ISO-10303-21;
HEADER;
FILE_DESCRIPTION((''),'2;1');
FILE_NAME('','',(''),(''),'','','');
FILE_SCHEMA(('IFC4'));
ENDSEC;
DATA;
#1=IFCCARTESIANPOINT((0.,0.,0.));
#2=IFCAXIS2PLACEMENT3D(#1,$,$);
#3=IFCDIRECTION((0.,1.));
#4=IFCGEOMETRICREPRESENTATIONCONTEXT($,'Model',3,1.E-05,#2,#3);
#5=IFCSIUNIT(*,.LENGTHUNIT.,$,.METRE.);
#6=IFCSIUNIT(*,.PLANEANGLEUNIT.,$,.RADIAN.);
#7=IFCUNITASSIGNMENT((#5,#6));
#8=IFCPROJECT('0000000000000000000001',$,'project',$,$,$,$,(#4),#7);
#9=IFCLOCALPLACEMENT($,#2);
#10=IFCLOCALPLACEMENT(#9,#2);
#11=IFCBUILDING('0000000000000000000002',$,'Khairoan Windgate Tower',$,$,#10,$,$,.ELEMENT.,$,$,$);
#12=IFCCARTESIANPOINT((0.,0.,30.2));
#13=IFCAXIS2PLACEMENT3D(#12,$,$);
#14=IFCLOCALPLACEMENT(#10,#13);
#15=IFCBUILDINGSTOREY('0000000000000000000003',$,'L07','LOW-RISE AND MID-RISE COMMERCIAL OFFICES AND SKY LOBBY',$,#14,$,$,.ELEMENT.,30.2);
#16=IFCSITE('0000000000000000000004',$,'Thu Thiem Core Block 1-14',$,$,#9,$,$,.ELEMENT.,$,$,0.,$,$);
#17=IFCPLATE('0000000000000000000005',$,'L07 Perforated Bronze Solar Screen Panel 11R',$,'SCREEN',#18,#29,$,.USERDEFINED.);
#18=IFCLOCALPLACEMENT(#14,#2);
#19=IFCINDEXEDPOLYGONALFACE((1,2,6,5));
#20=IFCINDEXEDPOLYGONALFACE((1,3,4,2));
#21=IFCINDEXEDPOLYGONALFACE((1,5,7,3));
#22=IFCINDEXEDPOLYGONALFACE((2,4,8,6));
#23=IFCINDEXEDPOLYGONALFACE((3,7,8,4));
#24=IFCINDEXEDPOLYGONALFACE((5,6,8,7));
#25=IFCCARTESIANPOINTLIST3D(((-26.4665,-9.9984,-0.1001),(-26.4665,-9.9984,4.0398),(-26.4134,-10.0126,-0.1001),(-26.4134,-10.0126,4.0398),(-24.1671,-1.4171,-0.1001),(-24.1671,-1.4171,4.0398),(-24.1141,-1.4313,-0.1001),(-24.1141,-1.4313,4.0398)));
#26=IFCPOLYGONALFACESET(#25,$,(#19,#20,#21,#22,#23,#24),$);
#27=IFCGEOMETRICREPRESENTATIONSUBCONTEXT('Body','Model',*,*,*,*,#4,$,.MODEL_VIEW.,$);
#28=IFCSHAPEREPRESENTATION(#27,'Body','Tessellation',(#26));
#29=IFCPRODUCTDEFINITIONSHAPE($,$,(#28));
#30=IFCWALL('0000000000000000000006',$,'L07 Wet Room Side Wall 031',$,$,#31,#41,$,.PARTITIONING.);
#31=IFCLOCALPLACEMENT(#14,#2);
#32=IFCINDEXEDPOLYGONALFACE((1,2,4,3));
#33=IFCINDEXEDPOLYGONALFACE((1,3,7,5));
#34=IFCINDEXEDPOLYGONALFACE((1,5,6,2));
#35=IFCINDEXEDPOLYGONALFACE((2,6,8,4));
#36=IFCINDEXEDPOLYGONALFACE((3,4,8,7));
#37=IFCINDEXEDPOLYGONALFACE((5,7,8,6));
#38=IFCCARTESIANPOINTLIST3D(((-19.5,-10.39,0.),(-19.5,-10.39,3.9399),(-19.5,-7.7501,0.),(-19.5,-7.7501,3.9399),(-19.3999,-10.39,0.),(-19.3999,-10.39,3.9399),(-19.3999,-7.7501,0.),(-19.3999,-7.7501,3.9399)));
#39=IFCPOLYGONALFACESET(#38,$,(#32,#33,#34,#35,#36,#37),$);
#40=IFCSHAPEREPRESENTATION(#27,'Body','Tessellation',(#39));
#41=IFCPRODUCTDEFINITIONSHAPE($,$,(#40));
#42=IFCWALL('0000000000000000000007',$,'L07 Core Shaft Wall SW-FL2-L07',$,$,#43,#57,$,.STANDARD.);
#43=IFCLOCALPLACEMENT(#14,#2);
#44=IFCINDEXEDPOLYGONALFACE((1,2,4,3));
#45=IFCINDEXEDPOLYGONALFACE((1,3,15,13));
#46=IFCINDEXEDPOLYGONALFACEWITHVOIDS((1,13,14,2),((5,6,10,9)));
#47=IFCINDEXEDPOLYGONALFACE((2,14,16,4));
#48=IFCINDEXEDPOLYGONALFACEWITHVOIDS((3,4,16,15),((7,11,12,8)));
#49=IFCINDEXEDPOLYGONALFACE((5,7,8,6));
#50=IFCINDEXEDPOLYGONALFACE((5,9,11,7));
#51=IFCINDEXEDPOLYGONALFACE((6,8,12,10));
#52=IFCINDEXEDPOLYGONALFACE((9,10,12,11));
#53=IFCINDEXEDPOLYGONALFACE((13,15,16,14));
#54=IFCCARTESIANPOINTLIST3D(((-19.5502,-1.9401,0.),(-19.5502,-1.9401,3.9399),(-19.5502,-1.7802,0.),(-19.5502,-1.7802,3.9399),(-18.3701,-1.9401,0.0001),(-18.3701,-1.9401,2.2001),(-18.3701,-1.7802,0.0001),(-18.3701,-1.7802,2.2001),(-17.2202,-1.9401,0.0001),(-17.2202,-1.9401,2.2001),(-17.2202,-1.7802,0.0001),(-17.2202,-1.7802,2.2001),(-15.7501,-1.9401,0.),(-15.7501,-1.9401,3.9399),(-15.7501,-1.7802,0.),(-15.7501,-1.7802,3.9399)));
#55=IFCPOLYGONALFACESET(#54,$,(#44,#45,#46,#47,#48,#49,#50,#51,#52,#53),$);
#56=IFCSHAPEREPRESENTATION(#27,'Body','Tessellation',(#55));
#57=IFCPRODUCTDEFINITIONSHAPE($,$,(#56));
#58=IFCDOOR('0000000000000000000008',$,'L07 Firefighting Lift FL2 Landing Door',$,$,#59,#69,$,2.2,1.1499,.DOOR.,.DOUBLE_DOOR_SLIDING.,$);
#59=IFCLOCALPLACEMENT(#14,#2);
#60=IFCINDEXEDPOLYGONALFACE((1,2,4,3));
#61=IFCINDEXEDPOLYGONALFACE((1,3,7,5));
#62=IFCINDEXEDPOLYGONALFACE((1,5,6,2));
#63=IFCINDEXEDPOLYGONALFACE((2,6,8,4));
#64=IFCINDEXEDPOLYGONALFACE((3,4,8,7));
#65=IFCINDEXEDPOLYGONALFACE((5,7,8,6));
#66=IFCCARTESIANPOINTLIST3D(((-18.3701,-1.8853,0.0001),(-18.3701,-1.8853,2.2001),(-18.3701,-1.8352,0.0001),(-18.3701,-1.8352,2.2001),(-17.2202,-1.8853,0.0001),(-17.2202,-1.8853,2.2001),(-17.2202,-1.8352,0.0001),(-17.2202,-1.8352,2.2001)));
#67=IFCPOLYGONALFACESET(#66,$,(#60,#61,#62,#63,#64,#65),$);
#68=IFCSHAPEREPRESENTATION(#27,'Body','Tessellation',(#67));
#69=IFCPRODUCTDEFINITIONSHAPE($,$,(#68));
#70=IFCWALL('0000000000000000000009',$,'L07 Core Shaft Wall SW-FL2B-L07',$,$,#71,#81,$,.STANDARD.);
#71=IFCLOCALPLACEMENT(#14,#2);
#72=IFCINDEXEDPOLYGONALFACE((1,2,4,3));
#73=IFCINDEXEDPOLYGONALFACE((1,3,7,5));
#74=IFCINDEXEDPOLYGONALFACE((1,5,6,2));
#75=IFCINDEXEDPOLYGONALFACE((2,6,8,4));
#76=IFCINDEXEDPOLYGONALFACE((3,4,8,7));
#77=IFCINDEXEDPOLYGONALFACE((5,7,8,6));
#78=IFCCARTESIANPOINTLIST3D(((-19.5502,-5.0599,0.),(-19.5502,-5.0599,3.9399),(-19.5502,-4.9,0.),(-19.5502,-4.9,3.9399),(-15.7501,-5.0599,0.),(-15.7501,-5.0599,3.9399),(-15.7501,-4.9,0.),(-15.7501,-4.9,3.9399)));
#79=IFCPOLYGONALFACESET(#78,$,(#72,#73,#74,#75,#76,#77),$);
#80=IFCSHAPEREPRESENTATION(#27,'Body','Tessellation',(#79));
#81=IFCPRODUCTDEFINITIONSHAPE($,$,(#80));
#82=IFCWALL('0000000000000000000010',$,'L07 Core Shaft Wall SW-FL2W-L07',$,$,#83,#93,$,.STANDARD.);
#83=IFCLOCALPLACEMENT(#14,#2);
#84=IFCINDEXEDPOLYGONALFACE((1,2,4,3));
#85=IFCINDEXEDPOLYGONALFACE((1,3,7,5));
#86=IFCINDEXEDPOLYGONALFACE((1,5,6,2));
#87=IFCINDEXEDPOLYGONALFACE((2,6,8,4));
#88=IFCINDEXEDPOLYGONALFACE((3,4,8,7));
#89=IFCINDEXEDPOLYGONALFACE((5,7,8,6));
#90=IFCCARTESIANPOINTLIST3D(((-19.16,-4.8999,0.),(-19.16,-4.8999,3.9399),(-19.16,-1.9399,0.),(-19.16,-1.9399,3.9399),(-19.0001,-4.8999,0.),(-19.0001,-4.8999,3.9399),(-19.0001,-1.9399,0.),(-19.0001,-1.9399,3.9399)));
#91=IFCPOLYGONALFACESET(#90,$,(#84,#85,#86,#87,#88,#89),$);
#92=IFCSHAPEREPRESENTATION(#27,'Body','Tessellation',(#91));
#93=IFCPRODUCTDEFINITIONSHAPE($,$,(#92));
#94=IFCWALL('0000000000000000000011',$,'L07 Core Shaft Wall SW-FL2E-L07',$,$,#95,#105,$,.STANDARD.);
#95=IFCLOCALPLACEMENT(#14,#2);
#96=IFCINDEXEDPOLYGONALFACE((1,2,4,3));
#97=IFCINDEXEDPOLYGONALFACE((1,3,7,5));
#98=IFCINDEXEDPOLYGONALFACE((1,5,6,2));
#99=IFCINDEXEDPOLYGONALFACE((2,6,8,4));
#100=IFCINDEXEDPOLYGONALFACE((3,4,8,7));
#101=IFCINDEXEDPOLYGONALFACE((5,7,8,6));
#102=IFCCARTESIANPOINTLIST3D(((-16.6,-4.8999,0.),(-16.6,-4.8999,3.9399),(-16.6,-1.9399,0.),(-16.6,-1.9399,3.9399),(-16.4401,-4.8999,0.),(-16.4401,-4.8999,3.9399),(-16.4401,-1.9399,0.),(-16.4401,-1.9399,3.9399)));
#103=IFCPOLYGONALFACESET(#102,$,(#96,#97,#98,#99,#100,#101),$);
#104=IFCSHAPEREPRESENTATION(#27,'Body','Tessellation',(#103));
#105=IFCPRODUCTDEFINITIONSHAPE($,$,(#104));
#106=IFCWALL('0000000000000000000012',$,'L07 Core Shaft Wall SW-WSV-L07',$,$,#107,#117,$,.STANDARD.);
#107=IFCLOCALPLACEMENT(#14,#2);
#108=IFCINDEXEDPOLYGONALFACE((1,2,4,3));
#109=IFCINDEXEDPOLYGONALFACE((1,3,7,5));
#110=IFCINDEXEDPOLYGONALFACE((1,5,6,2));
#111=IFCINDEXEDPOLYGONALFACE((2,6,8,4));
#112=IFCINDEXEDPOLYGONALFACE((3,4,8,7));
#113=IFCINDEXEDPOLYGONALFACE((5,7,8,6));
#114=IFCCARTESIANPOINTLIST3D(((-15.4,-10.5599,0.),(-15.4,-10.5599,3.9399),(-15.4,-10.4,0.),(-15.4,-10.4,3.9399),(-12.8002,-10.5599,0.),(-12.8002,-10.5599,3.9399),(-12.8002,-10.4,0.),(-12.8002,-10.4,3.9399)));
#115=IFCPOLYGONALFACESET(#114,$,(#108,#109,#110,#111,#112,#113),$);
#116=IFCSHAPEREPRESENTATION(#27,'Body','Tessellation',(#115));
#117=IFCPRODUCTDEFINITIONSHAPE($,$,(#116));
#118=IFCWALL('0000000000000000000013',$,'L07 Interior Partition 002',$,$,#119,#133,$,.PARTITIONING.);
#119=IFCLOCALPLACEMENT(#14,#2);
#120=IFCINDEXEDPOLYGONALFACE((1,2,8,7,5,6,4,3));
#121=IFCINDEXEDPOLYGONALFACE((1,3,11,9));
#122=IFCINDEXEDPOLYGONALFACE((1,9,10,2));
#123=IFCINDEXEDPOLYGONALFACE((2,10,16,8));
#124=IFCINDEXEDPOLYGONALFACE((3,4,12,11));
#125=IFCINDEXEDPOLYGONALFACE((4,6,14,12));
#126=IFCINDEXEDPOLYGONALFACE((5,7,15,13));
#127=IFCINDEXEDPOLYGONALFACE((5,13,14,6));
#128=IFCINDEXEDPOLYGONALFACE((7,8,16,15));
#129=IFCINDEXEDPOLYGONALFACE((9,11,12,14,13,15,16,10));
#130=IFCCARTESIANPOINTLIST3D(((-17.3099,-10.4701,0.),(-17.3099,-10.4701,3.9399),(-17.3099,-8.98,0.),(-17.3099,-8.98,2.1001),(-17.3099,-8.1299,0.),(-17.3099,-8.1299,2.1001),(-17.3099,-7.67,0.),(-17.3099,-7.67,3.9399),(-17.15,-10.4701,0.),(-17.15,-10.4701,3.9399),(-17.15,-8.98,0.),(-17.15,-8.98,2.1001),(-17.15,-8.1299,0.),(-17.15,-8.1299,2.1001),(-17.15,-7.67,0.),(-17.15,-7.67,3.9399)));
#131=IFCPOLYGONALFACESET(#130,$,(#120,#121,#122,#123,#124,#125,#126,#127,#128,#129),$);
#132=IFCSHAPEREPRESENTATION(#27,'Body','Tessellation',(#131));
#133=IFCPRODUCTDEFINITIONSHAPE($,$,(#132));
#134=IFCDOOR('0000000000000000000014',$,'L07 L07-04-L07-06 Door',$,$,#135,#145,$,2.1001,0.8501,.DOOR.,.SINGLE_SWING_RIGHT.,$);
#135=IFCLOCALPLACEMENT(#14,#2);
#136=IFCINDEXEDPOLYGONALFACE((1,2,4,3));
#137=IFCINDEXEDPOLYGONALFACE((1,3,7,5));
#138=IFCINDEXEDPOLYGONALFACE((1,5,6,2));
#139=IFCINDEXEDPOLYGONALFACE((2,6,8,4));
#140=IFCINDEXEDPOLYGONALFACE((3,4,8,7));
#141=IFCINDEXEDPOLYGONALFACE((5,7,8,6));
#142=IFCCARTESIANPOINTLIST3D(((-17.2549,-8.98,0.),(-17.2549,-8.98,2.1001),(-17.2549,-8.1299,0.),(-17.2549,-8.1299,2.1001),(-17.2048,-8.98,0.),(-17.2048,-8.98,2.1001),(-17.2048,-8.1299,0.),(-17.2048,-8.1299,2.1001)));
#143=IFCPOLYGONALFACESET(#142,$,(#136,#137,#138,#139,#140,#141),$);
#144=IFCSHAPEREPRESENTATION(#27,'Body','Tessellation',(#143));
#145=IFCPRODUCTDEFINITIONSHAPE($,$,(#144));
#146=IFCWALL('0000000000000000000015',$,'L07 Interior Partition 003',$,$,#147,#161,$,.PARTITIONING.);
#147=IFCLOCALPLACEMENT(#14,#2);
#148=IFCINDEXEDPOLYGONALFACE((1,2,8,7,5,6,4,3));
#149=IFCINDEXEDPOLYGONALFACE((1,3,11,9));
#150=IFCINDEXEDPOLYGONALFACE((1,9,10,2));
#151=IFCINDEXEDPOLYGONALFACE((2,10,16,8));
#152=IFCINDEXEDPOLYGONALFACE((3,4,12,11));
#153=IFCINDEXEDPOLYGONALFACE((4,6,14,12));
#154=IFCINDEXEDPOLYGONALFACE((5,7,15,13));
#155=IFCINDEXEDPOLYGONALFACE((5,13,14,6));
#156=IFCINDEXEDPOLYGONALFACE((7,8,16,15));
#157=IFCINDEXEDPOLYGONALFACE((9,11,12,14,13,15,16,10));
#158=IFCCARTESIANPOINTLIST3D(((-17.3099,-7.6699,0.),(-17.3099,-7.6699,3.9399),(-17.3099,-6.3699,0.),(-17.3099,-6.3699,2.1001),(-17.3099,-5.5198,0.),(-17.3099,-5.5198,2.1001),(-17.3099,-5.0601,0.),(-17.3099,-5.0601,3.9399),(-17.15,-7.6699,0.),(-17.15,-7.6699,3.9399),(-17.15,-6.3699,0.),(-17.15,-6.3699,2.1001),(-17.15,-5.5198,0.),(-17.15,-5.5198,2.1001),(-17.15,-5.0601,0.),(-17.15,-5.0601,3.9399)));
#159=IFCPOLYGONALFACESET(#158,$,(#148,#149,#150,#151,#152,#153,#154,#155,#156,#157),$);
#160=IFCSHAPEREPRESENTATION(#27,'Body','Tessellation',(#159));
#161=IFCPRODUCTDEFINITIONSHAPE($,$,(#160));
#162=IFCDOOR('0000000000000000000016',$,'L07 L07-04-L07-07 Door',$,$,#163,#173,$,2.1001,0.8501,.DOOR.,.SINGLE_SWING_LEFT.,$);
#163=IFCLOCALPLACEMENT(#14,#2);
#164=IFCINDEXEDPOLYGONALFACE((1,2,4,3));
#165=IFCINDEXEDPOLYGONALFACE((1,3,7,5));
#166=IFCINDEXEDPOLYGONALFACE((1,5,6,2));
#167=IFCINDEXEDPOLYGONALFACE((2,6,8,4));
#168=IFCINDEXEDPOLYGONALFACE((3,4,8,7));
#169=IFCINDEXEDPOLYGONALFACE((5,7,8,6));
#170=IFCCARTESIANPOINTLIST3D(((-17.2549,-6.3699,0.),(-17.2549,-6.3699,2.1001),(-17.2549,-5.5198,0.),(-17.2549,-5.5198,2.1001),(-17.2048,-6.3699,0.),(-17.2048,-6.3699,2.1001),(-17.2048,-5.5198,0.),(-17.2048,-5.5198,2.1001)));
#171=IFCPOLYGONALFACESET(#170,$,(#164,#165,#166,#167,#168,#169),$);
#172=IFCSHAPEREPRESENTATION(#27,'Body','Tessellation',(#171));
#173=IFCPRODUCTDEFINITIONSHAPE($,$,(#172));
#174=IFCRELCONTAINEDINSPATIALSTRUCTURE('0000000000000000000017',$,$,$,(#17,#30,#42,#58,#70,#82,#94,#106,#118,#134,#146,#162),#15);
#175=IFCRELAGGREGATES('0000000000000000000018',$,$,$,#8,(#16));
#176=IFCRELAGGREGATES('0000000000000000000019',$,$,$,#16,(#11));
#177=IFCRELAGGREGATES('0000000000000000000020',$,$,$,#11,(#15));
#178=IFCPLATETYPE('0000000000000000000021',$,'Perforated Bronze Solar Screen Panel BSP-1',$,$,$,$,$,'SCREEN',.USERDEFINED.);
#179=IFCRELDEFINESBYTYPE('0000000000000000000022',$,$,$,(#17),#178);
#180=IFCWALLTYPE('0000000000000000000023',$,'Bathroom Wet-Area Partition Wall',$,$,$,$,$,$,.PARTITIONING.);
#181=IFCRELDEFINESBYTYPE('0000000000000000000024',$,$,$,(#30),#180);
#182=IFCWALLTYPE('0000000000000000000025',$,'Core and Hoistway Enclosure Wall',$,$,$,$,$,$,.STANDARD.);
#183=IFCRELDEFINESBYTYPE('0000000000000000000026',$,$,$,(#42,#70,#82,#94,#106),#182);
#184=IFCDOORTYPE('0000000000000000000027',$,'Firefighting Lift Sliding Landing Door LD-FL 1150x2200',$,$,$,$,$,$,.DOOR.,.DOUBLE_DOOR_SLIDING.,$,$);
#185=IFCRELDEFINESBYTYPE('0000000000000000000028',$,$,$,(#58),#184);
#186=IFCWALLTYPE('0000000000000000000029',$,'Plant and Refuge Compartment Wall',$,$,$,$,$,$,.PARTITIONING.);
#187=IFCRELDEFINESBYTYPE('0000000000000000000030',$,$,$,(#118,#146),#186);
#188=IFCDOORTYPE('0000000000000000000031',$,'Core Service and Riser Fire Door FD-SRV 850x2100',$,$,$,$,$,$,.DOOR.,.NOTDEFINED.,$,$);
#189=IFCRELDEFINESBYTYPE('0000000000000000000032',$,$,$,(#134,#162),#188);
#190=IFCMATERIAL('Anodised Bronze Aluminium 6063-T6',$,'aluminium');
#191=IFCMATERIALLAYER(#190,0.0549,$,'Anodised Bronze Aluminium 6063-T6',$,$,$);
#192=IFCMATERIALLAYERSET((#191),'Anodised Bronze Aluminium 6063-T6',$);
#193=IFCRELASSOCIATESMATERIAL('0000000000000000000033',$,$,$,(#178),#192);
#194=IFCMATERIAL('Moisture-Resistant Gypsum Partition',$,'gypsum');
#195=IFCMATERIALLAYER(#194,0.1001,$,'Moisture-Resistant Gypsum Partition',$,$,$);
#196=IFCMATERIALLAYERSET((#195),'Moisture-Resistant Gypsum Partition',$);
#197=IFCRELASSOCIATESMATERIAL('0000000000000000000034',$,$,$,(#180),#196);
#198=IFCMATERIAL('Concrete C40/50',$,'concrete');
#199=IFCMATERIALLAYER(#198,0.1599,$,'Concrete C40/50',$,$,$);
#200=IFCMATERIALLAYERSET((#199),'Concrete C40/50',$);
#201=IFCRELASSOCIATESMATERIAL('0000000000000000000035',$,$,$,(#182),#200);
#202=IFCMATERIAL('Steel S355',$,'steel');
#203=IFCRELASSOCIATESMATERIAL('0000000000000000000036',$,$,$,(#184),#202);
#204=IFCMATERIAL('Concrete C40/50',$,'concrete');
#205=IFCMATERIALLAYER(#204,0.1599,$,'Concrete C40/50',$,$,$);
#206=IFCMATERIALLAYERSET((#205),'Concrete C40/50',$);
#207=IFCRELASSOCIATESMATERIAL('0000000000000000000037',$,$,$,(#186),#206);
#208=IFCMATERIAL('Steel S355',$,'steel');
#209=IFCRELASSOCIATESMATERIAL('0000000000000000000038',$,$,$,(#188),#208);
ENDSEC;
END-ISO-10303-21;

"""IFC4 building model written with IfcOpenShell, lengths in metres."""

from ifc_helpers import new_model, si_unit, direction, frame, frame_2d, origin, origin_2d, place, context, subcontext, project, spatial, rectangle, extrude, material, layer, layer_set, type_object, element, fill, save


model = new_model("IFC4")

# Units and contexts
model_context = context("Model", 3, precision=1e-05, world=origin(), true_north=direction((0.0, 1.0)))
body_context = subcontext(model_context, "Body", "Model", "MODEL_VIEW")
ifc_project = project(units=[si_unit("LENGTHUNIT", "METRE"), si_unit("PLANEANGLEUNIT", "RADIAN")], contexts=[model_context])

# Site, building, storey
site_placement = place(None, origin())
site = spatial("IfcSite", under=ifc_project, at=site_placement, Name="Thu Thiem Core Block 1-14", CompositionType="ELEMENT", RefElevation=0.0)
building_placement = place(site_placement, origin())
building = spatial("IfcBuilding", under=site, at=building_placement, Name="Khairoan Windgate Tower", CompositionType="ELEMENT")
storey_placement = place(building_placement, frame((0.0, 0.0, 30.2)))
storey = spatial("IfcBuildingStorey", under=building, at=storey_placement, Name="L07", Description="LOW-RISE AND MID-RISE COMMERCIAL OFFICES AND SKY LOBBY", CompositionType="ELEMENT", Elevation=30.2)

# Plate
ifc_material_1 = material(Name="Anodised Bronze Aluminium 6063-T6", Category="aluminium")
ifc_layer_1 = layer(ifc_material_1, 0.0549, Name="Anodised Bronze Aluminium 6063-T6")
ifc_layer_set_1 = layer_set([ifc_layer_1], Name="Anodised Bronze Aluminium 6063-T6")
plate_type_1 = type_object("IfcPlateType", Name="Perforated Bronze Solar Screen Panel BSP-1", ElementType="SCREEN", PredefinedType="USERDEFINED", material=ifc_layer_set_1)
plate_1_placement = place(storey_placement, frame((-25.2903, -5.7148, -0.1001), z_axis=(0.0, 0.0, 1.0), x_axis=(0.258819, 0.965926, 0.0)))
element("IfcPlate", 1, at=plate_1_placement, inside=storey, type_object=plate_type_1, Name="L07 Perforated Bronze Solar Screen Panel 11R", ObjectType="SCREEN", PredefinedType="USERDEFINED", context=body_context, shape_type="SweptSolid", body=[
    extrude(rectangle(XDim=8.884, YDim=0.0549, at=origin_2d()), origin(), (0.0, 0.0, 1.0), 4.1399),
])

# Wall
ifc_material_2 = material(Name="Moisture-Resistant Gypsum Partition", Category="gypsum")
ifc_layer_2 = layer(ifc_material_2, 0.1001, Name="Moisture-Resistant Gypsum Partition")
ifc_layer_set_2 = layer_set([ifc_layer_2], Name="Moisture-Resistant Gypsum Partition")
wall_type_1 = type_object("IfcWallType", Name="Bathroom Wet-Area Partition Wall", PredefinedType="PARTITIONING", material=ifc_layer_set_2)
wall_1_placement = place(storey_placement, frame((-19.45, -10.3899, 0.0), z_axis=(0.0, 0.0, 1.0), x_axis=(0.0, 1.0, 0.0)))
element("IfcWall", 2, at=wall_1_placement, inside=storey, type_object=wall_type_1, Name="L07 Wet Room Side Wall 031", PredefinedType="PARTITIONING", context=body_context, shape_type="SweptSolid", body=[
    extrude(rectangle(XDim=2.6399, YDim=0.1001, at=frame_2d((1.3198, 0.0))), origin(), (0.0, 0.0, 1.0), 3.9399),
])

# Wall, opening, door
ifc_material_3 = material(Name="Concrete C40/50", Category="concrete")
ifc_layer_3 = layer(ifc_material_3, 0.1599, Name="Concrete C40/50")
ifc_layer_set_3 = layer_set([ifc_layer_3], Name="Concrete C40/50")
wall_type_2 = type_object("IfcWallType", Name="Core and Hoistway Enclosure Wall", PredefinedType="STANDARD", material=ifc_layer_set_3)
wall_2_placement = place(storey_placement, frame((-19.55, -1.8601, 0.0), z_axis=(0.0, 0.0, 1.0), x_axis=(1.0, 0.0, 0.0)))
wall_2 = element("IfcWall", 3, at=wall_2_placement, inside=storey, type_object=wall_type_2, Name="L07 Core Shaft Wall SW-FL2-L07", PredefinedType="STANDARD", context=body_context, shape_type="SweptSolid", body=[
    extrude(rectangle(XDim=3.8, YDim=0.1599, at=frame_2d((1.8999, 0.0))), origin(), (0.0, 0.0, 1.0), 3.9399),
])
opening_1_placement = place(wall_2_placement, frame((1.1799, 0.0, 0.0)))
opening_1 = element("IfcOpeningElement", 4, at=opening_1_placement, cuts=wall_2, PredefinedType="OPENING", context=body_context, shape_type="SweptSolid", body=[
    extrude(rectangle(XDim=1.1499, YDim=2.2, at=frame_2d((0.575, 1.1001))), frame((0.0, 0.0898, 0.0), z_axis=(0.0, -1.0, 0.0), x_axis=(1.0, 0.0, 0.0)), (0.0, 0.0, 1.0), 0.1799),
])
ifc_material_4 = material(Name="Steel S355", Category="steel")
door_type_1 = type_object("IfcDoorType", Name="Firefighting Lift Sliding Landing Door LD-FL 1150x2200", OperationType="DOUBLE_DOOR_SLIDING", PredefinedType="DOOR", material=ifc_material_4)
door_1_placement = place(opening_1_placement, origin())
door_1 = element("IfcDoor", 5, at=door_1_placement, inside=storey, type_object=door_type_1, Name="L07 Firefighting Lift FL2 Landing Door", OperationType="DOUBLE_DOOR_SLIDING", OverallHeight=2.2, OverallWidth=1.1499, PredefinedType="DOOR", context=body_context, shape_type="SweptSolid", body=[
    extrude(rectangle(XDim=1.1499, YDim=2.2, at=frame_2d((0.575, 1.1001))), frame((0.0, 0.0249, 0.0), z_axis=(0.0, -1.0, 0.0), x_axis=(1.0, 0.0, 0.0)), (0.0, 0.0, 1.0), 0.05),
])
fill(opening_1, door_1)

# Walls
wall_3_placement = place(storey_placement, frame((-19.55, -4.98, 0.0), z_axis=(0.0, 0.0, 1.0), x_axis=(1.0, 0.0, 0.0)))
element("IfcWall", 6, at=wall_3_placement, inside=storey, type_object=wall_type_2, Name="L07 Core Shaft Wall SW-FL2B-L07", PredefinedType="STANDARD", context=body_context, shape_type="SweptSolid", body=[
    extrude(rectangle(XDim=3.8, YDim=0.1599, at=frame_2d((1.8999, 0.0))), origin(), (0.0, 0.0, 1.0), 3.9399),
])
for number, where, z_axis, x_axis, name in (
    (7, (-19.0801, -4.8999, 0.0), (0.0, 0.0, 1.0), (0.0, 1.0, 0.0), "L07 Core Shaft Wall SW-FL2W-L07"),
    (8, (-16.52, -4.8999, 0.0), (0.0, 0.0, 1.0), (0.0, 1.0, 0.0), "L07 Core Shaft Wall SW-FL2E-L07"),
):
    element("IfcWall", number, at=place(storey_placement, frame(where, z_axis=z_axis, x_axis=x_axis)), inside=storey, type_object=wall_type_2, Name=name, PredefinedType="STANDARD", context=body_context, shape_type="SweptSolid", body=[
        extrude(rectangle(XDim=2.96, YDim=0.1599, at=frame_2d((1.48, 0.0))), origin(), (0.0, 0.0, 1.0), 3.9399),
    ])
wall_4_placement = place(storey_placement, frame((-15.3999, -10.48, 0.0), z_axis=(0.0, 0.0, 1.0), x_axis=(1.0, 0.0, 0.0)))
element("IfcWall", 9, at=wall_4_placement, inside=storey, type_object=wall_type_2, Name="L07 Core Shaft Wall SW-WSV-L07", PredefinedType="STANDARD", context=body_context, shape_type="SweptSolid", body=[
    extrude(rectangle(XDim=2.5999, YDim=0.1599, at=frame_2d((1.2998, 0.0))), origin(), (0.0, 0.0, 1.0), 3.9399),
])

# Walls, openings, doors
ifc_material_5 = material(Name="Concrete C40/50", Category="concrete")
ifc_layer_4 = layer(ifc_material_5, 0.1599, Name="Concrete C40/50")
ifc_layer_set_4 = layer_set([ifc_layer_4], Name="Concrete C40/50")
wall_type_3 = type_object("IfcWallType", Name="Plant and Refuge Compartment Wall", PredefinedType="PARTITIONING", material=ifc_layer_set_4)
wall_5_placement = place(storey_placement, frame((-17.23, -10.47, 0.0), z_axis=(0.0, 0.0, 1.0), x_axis=(0.0, 1.0, 0.0)))
wall_5 = element("IfcWall", 10, at=wall_5_placement, inside=storey, type_object=wall_type_3, Name="L07 Interior Partition 002", PredefinedType="PARTITIONING", context=body_context, shape_type="SweptSolid", body=[
    extrude(rectangle(XDim=2.8, YDim=0.1599, at=frame_2d((1.3999, 0.0))), origin(), (0.0, 0.0, 1.0), 3.9399),
])
opening_2_placement = place(wall_5_placement, frame((1.49, 0.0, 0.0)))
opening_2 = element("IfcOpeningElement", 11, at=opening_2_placement, cuts=wall_5, PredefinedType="OPENING", context=body_context, shape_type="SweptSolid", body=[
    extrude(rectangle(XDim=0.8501, YDim=2.1001, at=frame_2d((0.425, 1.05))), frame((0.0, 0.0898, 0.0), z_axis=(0.0, -1.0, 0.0), x_axis=(1.0, 0.0, 0.0)), (0.0, 0.0, 1.0), 0.1799),
])
ifc_material_6 = material(Name="Steel S355", Category="steel")
door_type_2 = type_object("IfcDoorType", Name="Core Service and Riser Fire Door FD-SRV 850x2100", OperationType="NOTDEFINED", PredefinedType="DOOR", material=ifc_material_6)
door_2_placement = place(opening_2_placement, origin())
door_2 = element("IfcDoor", 12, at=door_2_placement, inside=storey, type_object=door_type_2, Name="L07 L07-04-L07-06 Door", OperationType="SINGLE_SWING_RIGHT", OverallHeight=2.1001, OverallWidth=0.8501, PredefinedType="DOOR", context=body_context, shape_type="SweptSolid", body=[
    extrude(rectangle(XDim=0.8501, YDim=2.1001, at=frame_2d((0.425, 1.05))), frame((0.0, 0.0249, 0.0), z_axis=(0.0, -1.0, 0.0), x_axis=(1.0, 0.0, 0.0)), (0.0, 0.0, 1.0), 0.05),
])
fill(opening_2, door_2)
wall_6_placement = place(storey_placement, frame((-17.23, -7.6699, 0.0), z_axis=(0.0, 0.0, 1.0), x_axis=(0.0, 1.0, 0.0)))
wall_6 = element("IfcWall", 13, at=wall_6_placement, inside=storey, type_object=wall_type_3, Name="L07 Interior Partition 003", PredefinedType="PARTITIONING", context=body_context, shape_type="SweptSolid", body=[
    extrude(rectangle(XDim=2.6099, YDim=0.1599, at=frame_2d((1.3049, 0.0))), origin(), (0.0, 0.0, 1.0), 3.9399),
])
opening_3_placement = place(wall_6_placement, frame((1.3, 0.0, 0.0)))
opening_3 = element("IfcOpeningElement", 14, at=opening_3_placement, cuts=wall_6, PredefinedType="OPENING", context=body_context, shape_type="SweptSolid", body=[
    extrude(rectangle(XDim=0.8501, YDim=2.1001, at=frame_2d((0.425, 1.05))), frame((0.0, 0.0898, 0.0), z_axis=(0.0, -1.0, 0.0), x_axis=(1.0, 0.0, 0.0)), (0.0, 0.0, 1.0), 0.1799),
])
door_3_placement = place(opening_3_placement, origin())
door_3 = element("IfcDoor", 15, at=door_3_placement, inside=storey, type_object=door_type_2, Name="L07 L07-04-L07-07 Door", OperationType="SINGLE_SWING_LEFT", OverallHeight=2.1001, OverallWidth=0.8501, PredefinedType="DOOR", context=body_context, shape_type="SweptSolid", body=[
    extrude(rectangle(XDim=0.8501, YDim=2.1001, at=frame_2d((0.425, 1.05))), frame((0.0, 0.0249, 0.0), z_axis=(0.0, -1.0, 0.0), x_axis=(1.0, 0.0, 0.0)), (0.0, 0.0, 1.0), 0.05),
])
fill(opening_3, door_3)

save(model, "model.ifc")
